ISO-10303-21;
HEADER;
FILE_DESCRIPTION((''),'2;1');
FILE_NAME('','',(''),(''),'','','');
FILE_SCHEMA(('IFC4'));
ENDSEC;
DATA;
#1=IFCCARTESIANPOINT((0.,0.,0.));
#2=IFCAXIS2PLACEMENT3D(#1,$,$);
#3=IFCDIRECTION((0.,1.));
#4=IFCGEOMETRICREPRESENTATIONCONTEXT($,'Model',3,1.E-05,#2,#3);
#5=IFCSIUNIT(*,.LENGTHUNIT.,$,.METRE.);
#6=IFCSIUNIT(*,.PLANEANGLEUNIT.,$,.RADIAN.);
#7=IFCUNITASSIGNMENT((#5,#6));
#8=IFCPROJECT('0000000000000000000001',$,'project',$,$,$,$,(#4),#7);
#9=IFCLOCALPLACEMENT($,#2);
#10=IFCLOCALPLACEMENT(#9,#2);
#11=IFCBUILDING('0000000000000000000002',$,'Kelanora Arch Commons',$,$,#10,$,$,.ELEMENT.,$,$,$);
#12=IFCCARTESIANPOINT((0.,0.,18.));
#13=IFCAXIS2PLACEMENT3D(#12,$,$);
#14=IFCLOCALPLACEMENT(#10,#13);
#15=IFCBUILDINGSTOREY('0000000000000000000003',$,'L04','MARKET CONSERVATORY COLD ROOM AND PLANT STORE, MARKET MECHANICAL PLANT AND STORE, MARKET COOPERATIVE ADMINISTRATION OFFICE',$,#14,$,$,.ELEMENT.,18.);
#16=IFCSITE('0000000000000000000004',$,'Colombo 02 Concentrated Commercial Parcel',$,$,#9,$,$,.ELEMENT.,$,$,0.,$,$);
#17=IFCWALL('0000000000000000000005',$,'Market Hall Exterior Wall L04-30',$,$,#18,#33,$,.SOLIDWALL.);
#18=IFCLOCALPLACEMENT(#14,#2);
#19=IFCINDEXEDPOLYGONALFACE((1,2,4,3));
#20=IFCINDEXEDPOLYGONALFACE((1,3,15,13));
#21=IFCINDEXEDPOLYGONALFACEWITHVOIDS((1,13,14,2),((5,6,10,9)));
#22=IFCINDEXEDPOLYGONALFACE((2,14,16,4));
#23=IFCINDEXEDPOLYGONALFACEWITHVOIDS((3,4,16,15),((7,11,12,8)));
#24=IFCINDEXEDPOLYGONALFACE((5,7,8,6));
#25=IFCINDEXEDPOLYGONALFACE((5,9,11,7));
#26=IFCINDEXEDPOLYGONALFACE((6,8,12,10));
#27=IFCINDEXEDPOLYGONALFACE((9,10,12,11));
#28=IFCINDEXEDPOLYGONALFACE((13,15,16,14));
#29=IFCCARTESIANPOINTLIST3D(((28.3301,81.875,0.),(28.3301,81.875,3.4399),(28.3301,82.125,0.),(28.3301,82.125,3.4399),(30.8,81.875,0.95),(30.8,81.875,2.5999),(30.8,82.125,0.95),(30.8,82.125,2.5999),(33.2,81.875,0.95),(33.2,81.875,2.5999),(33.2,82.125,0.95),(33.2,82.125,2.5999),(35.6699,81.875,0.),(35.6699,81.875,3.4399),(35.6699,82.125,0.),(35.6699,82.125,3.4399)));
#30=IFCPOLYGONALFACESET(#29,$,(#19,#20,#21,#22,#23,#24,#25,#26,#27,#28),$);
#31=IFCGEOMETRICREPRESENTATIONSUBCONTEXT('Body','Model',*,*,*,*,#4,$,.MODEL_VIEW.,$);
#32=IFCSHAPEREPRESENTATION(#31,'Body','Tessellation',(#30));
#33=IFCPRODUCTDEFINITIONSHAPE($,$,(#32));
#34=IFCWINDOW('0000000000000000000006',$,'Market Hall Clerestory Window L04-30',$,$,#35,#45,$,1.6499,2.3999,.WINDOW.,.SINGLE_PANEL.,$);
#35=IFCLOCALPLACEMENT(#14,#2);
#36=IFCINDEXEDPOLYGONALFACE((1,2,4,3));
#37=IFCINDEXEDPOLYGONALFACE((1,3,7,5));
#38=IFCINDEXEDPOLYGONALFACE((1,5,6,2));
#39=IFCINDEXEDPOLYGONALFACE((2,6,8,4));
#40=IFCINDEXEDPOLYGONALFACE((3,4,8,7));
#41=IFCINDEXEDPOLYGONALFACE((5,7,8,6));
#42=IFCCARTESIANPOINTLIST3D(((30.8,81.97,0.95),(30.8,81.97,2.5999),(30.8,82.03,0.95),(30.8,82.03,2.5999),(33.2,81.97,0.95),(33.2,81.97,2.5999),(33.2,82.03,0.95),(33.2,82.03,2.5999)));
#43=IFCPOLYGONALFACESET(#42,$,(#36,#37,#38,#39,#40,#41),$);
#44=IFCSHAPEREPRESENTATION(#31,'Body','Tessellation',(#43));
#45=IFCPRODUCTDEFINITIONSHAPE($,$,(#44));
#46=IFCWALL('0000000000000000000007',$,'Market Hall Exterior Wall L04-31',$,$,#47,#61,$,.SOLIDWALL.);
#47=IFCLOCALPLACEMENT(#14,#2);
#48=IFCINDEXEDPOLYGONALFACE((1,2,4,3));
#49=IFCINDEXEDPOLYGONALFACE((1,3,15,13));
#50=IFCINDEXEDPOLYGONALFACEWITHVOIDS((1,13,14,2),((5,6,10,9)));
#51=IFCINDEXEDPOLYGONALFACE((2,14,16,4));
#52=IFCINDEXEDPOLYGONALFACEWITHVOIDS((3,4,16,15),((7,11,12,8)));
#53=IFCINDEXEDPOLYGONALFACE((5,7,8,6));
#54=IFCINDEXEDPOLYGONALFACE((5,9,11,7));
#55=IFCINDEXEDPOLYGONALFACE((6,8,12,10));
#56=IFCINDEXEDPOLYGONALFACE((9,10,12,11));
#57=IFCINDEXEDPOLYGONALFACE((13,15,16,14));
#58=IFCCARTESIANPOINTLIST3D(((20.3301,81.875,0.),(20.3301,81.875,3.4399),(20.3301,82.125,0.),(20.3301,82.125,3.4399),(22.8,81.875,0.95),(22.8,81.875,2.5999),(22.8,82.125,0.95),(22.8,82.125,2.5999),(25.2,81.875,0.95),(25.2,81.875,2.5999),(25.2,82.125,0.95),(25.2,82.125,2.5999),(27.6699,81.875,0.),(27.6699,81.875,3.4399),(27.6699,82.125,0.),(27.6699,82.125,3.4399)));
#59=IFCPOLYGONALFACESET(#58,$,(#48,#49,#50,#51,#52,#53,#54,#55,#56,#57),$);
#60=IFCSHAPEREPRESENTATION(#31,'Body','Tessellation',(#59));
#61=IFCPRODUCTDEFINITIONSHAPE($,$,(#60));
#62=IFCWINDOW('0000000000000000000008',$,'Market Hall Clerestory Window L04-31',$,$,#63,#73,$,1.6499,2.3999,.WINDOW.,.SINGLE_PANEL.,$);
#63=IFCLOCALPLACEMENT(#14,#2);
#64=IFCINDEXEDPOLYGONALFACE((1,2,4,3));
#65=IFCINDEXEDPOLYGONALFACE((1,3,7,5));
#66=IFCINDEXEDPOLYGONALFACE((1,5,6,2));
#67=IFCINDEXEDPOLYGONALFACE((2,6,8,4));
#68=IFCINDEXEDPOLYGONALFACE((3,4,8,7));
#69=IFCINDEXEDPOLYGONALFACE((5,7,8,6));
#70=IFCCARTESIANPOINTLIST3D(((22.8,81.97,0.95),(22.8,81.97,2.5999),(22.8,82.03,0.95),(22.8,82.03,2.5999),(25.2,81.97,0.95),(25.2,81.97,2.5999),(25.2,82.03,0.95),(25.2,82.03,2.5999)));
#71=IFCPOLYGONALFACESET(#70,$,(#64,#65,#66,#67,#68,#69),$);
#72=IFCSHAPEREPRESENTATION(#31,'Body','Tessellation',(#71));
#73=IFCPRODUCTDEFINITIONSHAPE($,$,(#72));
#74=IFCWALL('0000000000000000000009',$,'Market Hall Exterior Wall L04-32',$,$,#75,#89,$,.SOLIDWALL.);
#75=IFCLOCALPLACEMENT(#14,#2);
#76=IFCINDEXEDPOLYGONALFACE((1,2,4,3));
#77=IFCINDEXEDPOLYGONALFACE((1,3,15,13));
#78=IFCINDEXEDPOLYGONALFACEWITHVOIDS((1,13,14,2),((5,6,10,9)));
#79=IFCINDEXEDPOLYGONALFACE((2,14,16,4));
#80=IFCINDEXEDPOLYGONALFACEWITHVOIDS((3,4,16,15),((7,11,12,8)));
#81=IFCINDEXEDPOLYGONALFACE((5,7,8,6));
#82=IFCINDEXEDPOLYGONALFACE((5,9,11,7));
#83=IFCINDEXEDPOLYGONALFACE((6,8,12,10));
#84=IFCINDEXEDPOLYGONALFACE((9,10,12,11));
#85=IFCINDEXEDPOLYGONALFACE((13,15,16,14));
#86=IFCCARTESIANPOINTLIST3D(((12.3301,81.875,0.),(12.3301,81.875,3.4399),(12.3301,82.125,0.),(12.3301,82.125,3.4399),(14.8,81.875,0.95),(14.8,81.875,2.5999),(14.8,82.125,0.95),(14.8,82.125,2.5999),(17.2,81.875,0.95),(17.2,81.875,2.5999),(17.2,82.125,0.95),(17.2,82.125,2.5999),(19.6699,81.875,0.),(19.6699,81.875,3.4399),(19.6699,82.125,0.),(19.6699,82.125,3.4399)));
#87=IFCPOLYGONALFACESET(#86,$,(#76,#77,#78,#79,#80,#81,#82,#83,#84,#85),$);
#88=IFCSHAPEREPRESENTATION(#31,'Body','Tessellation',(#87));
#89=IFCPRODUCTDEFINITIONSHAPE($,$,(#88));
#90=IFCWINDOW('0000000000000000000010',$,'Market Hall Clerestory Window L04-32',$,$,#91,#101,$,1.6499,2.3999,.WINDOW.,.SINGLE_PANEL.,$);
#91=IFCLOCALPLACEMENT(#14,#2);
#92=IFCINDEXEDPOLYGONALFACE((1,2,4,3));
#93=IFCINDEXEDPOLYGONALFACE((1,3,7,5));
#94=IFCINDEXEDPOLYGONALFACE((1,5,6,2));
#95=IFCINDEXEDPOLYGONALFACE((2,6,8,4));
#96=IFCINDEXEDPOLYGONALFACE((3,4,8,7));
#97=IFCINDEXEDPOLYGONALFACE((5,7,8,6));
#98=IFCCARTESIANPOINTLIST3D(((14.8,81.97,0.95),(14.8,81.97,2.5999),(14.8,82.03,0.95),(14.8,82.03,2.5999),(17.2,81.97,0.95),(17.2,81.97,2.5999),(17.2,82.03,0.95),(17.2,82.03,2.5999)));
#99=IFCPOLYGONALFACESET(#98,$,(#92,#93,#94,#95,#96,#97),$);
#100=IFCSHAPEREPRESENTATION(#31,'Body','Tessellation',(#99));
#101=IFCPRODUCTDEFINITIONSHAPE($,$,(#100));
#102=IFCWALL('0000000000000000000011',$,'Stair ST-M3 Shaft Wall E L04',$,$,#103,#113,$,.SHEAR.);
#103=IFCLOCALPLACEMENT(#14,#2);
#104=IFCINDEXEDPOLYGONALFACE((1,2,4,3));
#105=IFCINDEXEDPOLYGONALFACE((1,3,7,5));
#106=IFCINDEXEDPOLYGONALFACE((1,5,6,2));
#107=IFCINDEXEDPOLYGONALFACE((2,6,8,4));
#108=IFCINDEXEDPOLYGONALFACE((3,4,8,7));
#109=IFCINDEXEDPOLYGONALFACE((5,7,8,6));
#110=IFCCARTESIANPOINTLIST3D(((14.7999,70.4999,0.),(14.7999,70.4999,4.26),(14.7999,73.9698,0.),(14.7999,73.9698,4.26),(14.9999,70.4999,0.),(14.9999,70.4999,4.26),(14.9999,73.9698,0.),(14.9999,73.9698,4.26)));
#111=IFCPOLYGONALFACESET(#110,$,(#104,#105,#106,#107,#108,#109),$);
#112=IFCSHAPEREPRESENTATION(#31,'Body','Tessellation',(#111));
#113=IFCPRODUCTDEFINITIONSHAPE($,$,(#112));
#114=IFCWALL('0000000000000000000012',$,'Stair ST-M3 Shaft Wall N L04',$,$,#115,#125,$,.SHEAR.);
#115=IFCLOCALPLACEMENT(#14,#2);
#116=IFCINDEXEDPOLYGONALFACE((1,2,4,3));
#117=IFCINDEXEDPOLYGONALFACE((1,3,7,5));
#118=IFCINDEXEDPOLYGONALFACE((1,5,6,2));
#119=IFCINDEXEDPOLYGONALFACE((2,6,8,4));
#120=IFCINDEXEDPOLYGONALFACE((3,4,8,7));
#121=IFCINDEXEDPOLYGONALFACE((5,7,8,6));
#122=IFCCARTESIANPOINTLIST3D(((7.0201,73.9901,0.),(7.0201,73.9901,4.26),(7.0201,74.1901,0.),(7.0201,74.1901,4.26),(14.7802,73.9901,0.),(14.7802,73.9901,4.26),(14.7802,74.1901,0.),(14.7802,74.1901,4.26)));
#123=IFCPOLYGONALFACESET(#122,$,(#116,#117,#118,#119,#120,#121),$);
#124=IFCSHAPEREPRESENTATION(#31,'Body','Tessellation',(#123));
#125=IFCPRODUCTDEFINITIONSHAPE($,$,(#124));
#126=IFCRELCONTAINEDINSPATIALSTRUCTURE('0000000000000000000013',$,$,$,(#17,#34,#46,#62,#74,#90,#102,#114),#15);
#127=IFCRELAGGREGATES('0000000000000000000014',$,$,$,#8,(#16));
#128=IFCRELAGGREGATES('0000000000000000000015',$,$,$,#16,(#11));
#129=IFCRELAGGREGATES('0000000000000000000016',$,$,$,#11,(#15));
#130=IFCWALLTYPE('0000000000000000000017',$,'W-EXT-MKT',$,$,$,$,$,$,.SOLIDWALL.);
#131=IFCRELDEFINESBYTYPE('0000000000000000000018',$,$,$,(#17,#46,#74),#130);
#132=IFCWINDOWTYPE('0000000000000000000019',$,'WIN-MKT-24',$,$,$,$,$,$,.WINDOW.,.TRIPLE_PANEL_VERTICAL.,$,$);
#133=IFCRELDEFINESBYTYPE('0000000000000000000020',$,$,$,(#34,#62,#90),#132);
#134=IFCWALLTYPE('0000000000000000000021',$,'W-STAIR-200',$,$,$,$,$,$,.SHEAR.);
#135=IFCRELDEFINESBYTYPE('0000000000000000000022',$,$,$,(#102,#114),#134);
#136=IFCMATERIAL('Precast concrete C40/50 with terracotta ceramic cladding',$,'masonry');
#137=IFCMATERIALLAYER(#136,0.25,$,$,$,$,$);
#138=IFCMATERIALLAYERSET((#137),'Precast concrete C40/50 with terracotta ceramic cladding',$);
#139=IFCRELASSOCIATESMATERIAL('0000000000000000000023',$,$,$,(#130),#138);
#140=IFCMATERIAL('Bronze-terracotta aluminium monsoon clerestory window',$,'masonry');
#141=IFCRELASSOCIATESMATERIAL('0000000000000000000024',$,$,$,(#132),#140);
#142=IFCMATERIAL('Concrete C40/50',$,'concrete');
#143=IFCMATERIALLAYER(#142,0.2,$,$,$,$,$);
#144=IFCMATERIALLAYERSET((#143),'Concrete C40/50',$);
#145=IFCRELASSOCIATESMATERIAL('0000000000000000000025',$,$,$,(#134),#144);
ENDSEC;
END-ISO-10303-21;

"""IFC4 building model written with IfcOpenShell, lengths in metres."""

from ifc_helpers import new_model, si_unit, direction, frame, frame_2d, origin, place, context, subcontext, project, spatial, rectangle, extrude, material, layer, layer_set, type_object, element, fill, save


model = new_model("IFC4")

# Units and contexts
model_context = context("Model", 3, precision=1e-05, world=origin(), true_north=direction((0.0, 1.0)))
body_context = subcontext(model_context, "Body", "Model", "MODEL_VIEW")
ifc_project = project(units=[si_unit("LENGTHUNIT", "METRE"), si_unit("PLANEANGLEUNIT", "RADIAN")], contexts=[model_context])

# Site, building, storey
site_placement = place(None, origin())
site = spatial("IfcSite", under=ifc_project, at=site_placement, Name="Colombo 02 Concentrated Commercial Parcel", CompositionType="ELEMENT", RefElevation=0.0)
building_placement = place(site_placement, origin())
building = spatial("IfcBuilding", under=site, at=building_placement, Name="Kelanora Arch Commons", CompositionType="ELEMENT")
storey_placement = place(building_placement, frame((0.0, 0.0, 18.0)))
storey = spatial("IfcBuildingStorey", under=building, at=storey_placement, Name="L04", Description="MARKET CONSERVATORY COLD ROOM AND PLANT STORE, MARKET MECHANICAL PLANT AND STORE, MARKET COOPERATIVE ADMINISTRATION OFFICE", CompositionType="ELEMENT", Elevation=18.0)

# Walls, openings, windows
ifc_material_1 = material(Name="Precast concrete C40/50 with terracotta ceramic cladding", Category="masonry")
ifc_layer_1 = layer(ifc_material_1, 0.25)
ifc_layer_set_1 = layer_set([ifc_layer_1], Name="Precast concrete C40/50 with terracotta ceramic cladding")
wall_type_1 = type_object("IfcWallType", Name="W-EXT-MKT", PredefinedType="SOLIDWALL", material=ifc_layer_set_1)
wall_1_placement = place(storey_placement, frame((35.6699, 82.0, 0.0), z_axis=(0.0, 0.0, 1.0), x_axis=(-1.0, 0.0, 0.0)))
wall_1 = element("IfcWall", 1, at=wall_1_placement, inside=storey, type_object=wall_type_1, Name="Market Hall Exterior Wall L04-30", PredefinedType="SOLIDWALL", context=body_context, shape_type="SweptSolid", body=[
    extrude(rectangle(XDim=7.3398, YDim=0.25, at=frame_2d((3.6699, 0.0))), origin(), (0.0, 0.0, 1.0), 3.4399),
])
opening_1_placement = place(wall_1_placement, frame((2.47, 0.0, 0.95)))
opening_1 = element("IfcOpeningElement", 2, at=opening_1_placement, cuts=wall_1, PredefinedType="OPENING", context=body_context, shape_type="SweptSolid", body=[
    extrude(rectangle(XDim=2.3999, YDim=1.6499, at=frame_2d((1.2, 0.825))), frame((0.0, 0.135, 0.0), z_axis=(0.0, -1.0, 0.0), x_axis=(1.0, 0.0, 0.0)), (0.0, 0.0, 1.0), 0.27),
])
ifc_material_2 = material(Name="Bronze-terracotta aluminium monsoon clerestory window", Category="masonry")
window_type = type_object("IfcWindowType", Name="WIN-MKT-24", PartitioningType="TRIPLE_PANEL_VERTICAL", PredefinedType="WINDOW", material=ifc_material_2)
window_1_placement = place(opening_1_placement, origin())
window_1 = element("IfcWindow", 3, at=window_1_placement, inside=storey, type_object=window_type, Name="Market Hall Clerestory Window L04-30", OverallHeight=1.6499, OverallWidth=2.3999, PartitioningType="SINGLE_PANEL", PredefinedType="WINDOW", context=body_context, shape_type="SweptSolid", body=[
    extrude(rectangle(XDim=2.3999, YDim=1.6499, at=frame_2d((1.2, 0.825))), frame((0.0, 0.03, 0.0), z_axis=(0.0, -1.0, 0.0), x_axis=(1.0, 0.0, 0.0)), (0.0, 0.0, 1.0), 0.0601),
])
fill(opening_1, window_1)
wall_2_placement = place(storey_placement, frame((27.6699, 82.0, 0.0), z_axis=(0.0, 0.0, 1.0), x_axis=(-1.0, 0.0, 0.0)))
wall_2 = element("IfcWall", 4, at=wall_2_placement, inside=storey, type_object=wall_type_1, Name="Market Hall Exterior Wall L04-31", PredefinedType="SOLIDWALL", context=body_context, shape_type="SweptSolid", body=[
    extrude(rectangle(XDim=7.3398, YDim=0.25, at=frame_2d((3.6699, 0.0))), origin(), (0.0, 0.0, 1.0), 3.4399),
])
opening_2_placement = place(wall_2_placement, frame((2.47, 0.0, 0.95)))
opening_2 = element("IfcOpeningElement", 5, at=opening_2_placement, cuts=wall_2, PredefinedType="OPENING", context=body_context, shape_type="SweptSolid", body=[
    extrude(rectangle(XDim=2.3999, YDim=1.6499, at=frame_2d((1.2, 0.825))), frame((0.0, 0.135, 0.0), z_axis=(0.0, -1.0, 0.0), x_axis=(1.0, 0.0, 0.0)), (0.0, 0.0, 1.0), 0.27),
])
window_2_placement = place(opening_2_placement, origin())
window_2 = element("IfcWindow", 6, at=window_2_placement, inside=storey, type_object=window_type, Name="Market Hall Clerestory Window L04-31", OverallHeight=1.6499, OverallWidth=2.3999, PartitioningType="SINGLE_PANEL", PredefinedType="WINDOW", context=body_context, shape_type="SweptSolid", body=[
    extrude(rectangle(XDim=2.3999, YDim=1.6499, at=frame_2d((1.2, 0.825))), frame((0.0, 0.03, 0.0), z_axis=(0.0, -1.0, 0.0), x_axis=(1.0, 0.0, 0.0)), (0.0, 0.0, 1.0), 0.0601),
])
fill(opening_2, window_2)
wall_3_placement = place(storey_placement, frame((19.6699, 82.0, 0.0), z_axis=(0.0, 0.0, 1.0), x_axis=(-1.0, 0.0, 0.0)))
wall_3 = element("IfcWall", 7, at=wall_3_placement, inside=storey, type_object=wall_type_1, Name="Market Hall Exterior Wall L04-32", PredefinedType="SOLIDWALL", context=body_context, shape_type="SweptSolid", body=[
    extrude(rectangle(XDim=7.3398, YDim=0.25, at=frame_2d((3.6699, 0.0))), origin(), (0.0, 0.0, 1.0), 3.4399),
])
opening_3_placement = place(wall_3_placement, frame((2.47, 0.0, 0.95)))
opening_3 = element("IfcOpeningElement", 8, at=opening_3_placement, cuts=wall_3, PredefinedType="OPENING", context=body_context, shape_type="SweptSolid", body=[
    extrude(rectangle(XDim=2.3999, YDim=1.6499, at=frame_2d((1.2, 0.825))), frame((0.0, 0.135, 0.0), z_axis=(0.0, -1.0, 0.0), x_axis=(1.0, 0.0, 0.0)), (0.0, 0.0, 1.0), 0.27),
])
window_3_placement = place(opening_3_placement, origin())
window_3 = element("IfcWindow", 9, at=window_3_placement, inside=storey, type_object=window_type, Name="Market Hall Clerestory Window L04-32", OverallHeight=1.6499, OverallWidth=2.3999, PartitioningType="SINGLE_PANEL", PredefinedType="WINDOW", context=body_context, shape_type="SweptSolid", body=[
    extrude(rectangle(XDim=2.3999, YDim=1.6499, at=frame_2d((1.2, 0.825))), frame((0.0, 0.03, 0.0), z_axis=(0.0, -1.0, 0.0), x_axis=(1.0, 0.0, 0.0)), (0.0, 0.0, 1.0), 0.0601),
])
fill(opening_3, window_3)

# Walls
ifc_material_3 = material(Name="Concrete C40/50", Category="concrete")
ifc_layer_2 = layer(ifc_material_3, 0.2)
ifc_layer_set_2 = layer_set([ifc_layer_2], Name="Concrete C40/50")
wall_type_2 = type_object("IfcWallType", Name="W-STAIR-200", PredefinedType="SHEAR", material=ifc_layer_set_2)
wall_4_placement = place(storey_placement, frame((14.8999, 70.5, 0.0), z_axis=(0.0, 0.0, 1.0), x_axis=(0.0, 1.0, 0.0)))
element("IfcWall", 10, at=wall_4_placement, inside=storey, type_object=wall_type_2, Name="Stair ST-M3 Shaft Wall E L04", PredefinedType="SHEAR", context=body_context, shape_type="SweptSolid", body=[
    extrude(rectangle(XDim=3.47, YDim=0.2, at=frame_2d((1.7349, 0.0))), origin(), (0.0, 0.0, 1.0), 4.26),
])
wall_5_placement = place(storey_placement, frame((14.78, 74.0901, 0.0), z_axis=(0.0, 0.0, 1.0), x_axis=(-1.0, 0.0, 0.0)))
element("IfcWall", 11, at=wall_5_placement, inside=storey, type_object=wall_type_2, Name="Stair ST-M3 Shaft Wall N L04", PredefinedType="SHEAR", context=body_context, shape_type="SweptSolid", body=[
    extrude(rectangle(XDim=7.76, YDim=0.2, at=frame_2d((3.8799, 0.0))), origin(), (0.0, 0.0, 1.0), 4.26),
])

save(model, "model.ifc")
